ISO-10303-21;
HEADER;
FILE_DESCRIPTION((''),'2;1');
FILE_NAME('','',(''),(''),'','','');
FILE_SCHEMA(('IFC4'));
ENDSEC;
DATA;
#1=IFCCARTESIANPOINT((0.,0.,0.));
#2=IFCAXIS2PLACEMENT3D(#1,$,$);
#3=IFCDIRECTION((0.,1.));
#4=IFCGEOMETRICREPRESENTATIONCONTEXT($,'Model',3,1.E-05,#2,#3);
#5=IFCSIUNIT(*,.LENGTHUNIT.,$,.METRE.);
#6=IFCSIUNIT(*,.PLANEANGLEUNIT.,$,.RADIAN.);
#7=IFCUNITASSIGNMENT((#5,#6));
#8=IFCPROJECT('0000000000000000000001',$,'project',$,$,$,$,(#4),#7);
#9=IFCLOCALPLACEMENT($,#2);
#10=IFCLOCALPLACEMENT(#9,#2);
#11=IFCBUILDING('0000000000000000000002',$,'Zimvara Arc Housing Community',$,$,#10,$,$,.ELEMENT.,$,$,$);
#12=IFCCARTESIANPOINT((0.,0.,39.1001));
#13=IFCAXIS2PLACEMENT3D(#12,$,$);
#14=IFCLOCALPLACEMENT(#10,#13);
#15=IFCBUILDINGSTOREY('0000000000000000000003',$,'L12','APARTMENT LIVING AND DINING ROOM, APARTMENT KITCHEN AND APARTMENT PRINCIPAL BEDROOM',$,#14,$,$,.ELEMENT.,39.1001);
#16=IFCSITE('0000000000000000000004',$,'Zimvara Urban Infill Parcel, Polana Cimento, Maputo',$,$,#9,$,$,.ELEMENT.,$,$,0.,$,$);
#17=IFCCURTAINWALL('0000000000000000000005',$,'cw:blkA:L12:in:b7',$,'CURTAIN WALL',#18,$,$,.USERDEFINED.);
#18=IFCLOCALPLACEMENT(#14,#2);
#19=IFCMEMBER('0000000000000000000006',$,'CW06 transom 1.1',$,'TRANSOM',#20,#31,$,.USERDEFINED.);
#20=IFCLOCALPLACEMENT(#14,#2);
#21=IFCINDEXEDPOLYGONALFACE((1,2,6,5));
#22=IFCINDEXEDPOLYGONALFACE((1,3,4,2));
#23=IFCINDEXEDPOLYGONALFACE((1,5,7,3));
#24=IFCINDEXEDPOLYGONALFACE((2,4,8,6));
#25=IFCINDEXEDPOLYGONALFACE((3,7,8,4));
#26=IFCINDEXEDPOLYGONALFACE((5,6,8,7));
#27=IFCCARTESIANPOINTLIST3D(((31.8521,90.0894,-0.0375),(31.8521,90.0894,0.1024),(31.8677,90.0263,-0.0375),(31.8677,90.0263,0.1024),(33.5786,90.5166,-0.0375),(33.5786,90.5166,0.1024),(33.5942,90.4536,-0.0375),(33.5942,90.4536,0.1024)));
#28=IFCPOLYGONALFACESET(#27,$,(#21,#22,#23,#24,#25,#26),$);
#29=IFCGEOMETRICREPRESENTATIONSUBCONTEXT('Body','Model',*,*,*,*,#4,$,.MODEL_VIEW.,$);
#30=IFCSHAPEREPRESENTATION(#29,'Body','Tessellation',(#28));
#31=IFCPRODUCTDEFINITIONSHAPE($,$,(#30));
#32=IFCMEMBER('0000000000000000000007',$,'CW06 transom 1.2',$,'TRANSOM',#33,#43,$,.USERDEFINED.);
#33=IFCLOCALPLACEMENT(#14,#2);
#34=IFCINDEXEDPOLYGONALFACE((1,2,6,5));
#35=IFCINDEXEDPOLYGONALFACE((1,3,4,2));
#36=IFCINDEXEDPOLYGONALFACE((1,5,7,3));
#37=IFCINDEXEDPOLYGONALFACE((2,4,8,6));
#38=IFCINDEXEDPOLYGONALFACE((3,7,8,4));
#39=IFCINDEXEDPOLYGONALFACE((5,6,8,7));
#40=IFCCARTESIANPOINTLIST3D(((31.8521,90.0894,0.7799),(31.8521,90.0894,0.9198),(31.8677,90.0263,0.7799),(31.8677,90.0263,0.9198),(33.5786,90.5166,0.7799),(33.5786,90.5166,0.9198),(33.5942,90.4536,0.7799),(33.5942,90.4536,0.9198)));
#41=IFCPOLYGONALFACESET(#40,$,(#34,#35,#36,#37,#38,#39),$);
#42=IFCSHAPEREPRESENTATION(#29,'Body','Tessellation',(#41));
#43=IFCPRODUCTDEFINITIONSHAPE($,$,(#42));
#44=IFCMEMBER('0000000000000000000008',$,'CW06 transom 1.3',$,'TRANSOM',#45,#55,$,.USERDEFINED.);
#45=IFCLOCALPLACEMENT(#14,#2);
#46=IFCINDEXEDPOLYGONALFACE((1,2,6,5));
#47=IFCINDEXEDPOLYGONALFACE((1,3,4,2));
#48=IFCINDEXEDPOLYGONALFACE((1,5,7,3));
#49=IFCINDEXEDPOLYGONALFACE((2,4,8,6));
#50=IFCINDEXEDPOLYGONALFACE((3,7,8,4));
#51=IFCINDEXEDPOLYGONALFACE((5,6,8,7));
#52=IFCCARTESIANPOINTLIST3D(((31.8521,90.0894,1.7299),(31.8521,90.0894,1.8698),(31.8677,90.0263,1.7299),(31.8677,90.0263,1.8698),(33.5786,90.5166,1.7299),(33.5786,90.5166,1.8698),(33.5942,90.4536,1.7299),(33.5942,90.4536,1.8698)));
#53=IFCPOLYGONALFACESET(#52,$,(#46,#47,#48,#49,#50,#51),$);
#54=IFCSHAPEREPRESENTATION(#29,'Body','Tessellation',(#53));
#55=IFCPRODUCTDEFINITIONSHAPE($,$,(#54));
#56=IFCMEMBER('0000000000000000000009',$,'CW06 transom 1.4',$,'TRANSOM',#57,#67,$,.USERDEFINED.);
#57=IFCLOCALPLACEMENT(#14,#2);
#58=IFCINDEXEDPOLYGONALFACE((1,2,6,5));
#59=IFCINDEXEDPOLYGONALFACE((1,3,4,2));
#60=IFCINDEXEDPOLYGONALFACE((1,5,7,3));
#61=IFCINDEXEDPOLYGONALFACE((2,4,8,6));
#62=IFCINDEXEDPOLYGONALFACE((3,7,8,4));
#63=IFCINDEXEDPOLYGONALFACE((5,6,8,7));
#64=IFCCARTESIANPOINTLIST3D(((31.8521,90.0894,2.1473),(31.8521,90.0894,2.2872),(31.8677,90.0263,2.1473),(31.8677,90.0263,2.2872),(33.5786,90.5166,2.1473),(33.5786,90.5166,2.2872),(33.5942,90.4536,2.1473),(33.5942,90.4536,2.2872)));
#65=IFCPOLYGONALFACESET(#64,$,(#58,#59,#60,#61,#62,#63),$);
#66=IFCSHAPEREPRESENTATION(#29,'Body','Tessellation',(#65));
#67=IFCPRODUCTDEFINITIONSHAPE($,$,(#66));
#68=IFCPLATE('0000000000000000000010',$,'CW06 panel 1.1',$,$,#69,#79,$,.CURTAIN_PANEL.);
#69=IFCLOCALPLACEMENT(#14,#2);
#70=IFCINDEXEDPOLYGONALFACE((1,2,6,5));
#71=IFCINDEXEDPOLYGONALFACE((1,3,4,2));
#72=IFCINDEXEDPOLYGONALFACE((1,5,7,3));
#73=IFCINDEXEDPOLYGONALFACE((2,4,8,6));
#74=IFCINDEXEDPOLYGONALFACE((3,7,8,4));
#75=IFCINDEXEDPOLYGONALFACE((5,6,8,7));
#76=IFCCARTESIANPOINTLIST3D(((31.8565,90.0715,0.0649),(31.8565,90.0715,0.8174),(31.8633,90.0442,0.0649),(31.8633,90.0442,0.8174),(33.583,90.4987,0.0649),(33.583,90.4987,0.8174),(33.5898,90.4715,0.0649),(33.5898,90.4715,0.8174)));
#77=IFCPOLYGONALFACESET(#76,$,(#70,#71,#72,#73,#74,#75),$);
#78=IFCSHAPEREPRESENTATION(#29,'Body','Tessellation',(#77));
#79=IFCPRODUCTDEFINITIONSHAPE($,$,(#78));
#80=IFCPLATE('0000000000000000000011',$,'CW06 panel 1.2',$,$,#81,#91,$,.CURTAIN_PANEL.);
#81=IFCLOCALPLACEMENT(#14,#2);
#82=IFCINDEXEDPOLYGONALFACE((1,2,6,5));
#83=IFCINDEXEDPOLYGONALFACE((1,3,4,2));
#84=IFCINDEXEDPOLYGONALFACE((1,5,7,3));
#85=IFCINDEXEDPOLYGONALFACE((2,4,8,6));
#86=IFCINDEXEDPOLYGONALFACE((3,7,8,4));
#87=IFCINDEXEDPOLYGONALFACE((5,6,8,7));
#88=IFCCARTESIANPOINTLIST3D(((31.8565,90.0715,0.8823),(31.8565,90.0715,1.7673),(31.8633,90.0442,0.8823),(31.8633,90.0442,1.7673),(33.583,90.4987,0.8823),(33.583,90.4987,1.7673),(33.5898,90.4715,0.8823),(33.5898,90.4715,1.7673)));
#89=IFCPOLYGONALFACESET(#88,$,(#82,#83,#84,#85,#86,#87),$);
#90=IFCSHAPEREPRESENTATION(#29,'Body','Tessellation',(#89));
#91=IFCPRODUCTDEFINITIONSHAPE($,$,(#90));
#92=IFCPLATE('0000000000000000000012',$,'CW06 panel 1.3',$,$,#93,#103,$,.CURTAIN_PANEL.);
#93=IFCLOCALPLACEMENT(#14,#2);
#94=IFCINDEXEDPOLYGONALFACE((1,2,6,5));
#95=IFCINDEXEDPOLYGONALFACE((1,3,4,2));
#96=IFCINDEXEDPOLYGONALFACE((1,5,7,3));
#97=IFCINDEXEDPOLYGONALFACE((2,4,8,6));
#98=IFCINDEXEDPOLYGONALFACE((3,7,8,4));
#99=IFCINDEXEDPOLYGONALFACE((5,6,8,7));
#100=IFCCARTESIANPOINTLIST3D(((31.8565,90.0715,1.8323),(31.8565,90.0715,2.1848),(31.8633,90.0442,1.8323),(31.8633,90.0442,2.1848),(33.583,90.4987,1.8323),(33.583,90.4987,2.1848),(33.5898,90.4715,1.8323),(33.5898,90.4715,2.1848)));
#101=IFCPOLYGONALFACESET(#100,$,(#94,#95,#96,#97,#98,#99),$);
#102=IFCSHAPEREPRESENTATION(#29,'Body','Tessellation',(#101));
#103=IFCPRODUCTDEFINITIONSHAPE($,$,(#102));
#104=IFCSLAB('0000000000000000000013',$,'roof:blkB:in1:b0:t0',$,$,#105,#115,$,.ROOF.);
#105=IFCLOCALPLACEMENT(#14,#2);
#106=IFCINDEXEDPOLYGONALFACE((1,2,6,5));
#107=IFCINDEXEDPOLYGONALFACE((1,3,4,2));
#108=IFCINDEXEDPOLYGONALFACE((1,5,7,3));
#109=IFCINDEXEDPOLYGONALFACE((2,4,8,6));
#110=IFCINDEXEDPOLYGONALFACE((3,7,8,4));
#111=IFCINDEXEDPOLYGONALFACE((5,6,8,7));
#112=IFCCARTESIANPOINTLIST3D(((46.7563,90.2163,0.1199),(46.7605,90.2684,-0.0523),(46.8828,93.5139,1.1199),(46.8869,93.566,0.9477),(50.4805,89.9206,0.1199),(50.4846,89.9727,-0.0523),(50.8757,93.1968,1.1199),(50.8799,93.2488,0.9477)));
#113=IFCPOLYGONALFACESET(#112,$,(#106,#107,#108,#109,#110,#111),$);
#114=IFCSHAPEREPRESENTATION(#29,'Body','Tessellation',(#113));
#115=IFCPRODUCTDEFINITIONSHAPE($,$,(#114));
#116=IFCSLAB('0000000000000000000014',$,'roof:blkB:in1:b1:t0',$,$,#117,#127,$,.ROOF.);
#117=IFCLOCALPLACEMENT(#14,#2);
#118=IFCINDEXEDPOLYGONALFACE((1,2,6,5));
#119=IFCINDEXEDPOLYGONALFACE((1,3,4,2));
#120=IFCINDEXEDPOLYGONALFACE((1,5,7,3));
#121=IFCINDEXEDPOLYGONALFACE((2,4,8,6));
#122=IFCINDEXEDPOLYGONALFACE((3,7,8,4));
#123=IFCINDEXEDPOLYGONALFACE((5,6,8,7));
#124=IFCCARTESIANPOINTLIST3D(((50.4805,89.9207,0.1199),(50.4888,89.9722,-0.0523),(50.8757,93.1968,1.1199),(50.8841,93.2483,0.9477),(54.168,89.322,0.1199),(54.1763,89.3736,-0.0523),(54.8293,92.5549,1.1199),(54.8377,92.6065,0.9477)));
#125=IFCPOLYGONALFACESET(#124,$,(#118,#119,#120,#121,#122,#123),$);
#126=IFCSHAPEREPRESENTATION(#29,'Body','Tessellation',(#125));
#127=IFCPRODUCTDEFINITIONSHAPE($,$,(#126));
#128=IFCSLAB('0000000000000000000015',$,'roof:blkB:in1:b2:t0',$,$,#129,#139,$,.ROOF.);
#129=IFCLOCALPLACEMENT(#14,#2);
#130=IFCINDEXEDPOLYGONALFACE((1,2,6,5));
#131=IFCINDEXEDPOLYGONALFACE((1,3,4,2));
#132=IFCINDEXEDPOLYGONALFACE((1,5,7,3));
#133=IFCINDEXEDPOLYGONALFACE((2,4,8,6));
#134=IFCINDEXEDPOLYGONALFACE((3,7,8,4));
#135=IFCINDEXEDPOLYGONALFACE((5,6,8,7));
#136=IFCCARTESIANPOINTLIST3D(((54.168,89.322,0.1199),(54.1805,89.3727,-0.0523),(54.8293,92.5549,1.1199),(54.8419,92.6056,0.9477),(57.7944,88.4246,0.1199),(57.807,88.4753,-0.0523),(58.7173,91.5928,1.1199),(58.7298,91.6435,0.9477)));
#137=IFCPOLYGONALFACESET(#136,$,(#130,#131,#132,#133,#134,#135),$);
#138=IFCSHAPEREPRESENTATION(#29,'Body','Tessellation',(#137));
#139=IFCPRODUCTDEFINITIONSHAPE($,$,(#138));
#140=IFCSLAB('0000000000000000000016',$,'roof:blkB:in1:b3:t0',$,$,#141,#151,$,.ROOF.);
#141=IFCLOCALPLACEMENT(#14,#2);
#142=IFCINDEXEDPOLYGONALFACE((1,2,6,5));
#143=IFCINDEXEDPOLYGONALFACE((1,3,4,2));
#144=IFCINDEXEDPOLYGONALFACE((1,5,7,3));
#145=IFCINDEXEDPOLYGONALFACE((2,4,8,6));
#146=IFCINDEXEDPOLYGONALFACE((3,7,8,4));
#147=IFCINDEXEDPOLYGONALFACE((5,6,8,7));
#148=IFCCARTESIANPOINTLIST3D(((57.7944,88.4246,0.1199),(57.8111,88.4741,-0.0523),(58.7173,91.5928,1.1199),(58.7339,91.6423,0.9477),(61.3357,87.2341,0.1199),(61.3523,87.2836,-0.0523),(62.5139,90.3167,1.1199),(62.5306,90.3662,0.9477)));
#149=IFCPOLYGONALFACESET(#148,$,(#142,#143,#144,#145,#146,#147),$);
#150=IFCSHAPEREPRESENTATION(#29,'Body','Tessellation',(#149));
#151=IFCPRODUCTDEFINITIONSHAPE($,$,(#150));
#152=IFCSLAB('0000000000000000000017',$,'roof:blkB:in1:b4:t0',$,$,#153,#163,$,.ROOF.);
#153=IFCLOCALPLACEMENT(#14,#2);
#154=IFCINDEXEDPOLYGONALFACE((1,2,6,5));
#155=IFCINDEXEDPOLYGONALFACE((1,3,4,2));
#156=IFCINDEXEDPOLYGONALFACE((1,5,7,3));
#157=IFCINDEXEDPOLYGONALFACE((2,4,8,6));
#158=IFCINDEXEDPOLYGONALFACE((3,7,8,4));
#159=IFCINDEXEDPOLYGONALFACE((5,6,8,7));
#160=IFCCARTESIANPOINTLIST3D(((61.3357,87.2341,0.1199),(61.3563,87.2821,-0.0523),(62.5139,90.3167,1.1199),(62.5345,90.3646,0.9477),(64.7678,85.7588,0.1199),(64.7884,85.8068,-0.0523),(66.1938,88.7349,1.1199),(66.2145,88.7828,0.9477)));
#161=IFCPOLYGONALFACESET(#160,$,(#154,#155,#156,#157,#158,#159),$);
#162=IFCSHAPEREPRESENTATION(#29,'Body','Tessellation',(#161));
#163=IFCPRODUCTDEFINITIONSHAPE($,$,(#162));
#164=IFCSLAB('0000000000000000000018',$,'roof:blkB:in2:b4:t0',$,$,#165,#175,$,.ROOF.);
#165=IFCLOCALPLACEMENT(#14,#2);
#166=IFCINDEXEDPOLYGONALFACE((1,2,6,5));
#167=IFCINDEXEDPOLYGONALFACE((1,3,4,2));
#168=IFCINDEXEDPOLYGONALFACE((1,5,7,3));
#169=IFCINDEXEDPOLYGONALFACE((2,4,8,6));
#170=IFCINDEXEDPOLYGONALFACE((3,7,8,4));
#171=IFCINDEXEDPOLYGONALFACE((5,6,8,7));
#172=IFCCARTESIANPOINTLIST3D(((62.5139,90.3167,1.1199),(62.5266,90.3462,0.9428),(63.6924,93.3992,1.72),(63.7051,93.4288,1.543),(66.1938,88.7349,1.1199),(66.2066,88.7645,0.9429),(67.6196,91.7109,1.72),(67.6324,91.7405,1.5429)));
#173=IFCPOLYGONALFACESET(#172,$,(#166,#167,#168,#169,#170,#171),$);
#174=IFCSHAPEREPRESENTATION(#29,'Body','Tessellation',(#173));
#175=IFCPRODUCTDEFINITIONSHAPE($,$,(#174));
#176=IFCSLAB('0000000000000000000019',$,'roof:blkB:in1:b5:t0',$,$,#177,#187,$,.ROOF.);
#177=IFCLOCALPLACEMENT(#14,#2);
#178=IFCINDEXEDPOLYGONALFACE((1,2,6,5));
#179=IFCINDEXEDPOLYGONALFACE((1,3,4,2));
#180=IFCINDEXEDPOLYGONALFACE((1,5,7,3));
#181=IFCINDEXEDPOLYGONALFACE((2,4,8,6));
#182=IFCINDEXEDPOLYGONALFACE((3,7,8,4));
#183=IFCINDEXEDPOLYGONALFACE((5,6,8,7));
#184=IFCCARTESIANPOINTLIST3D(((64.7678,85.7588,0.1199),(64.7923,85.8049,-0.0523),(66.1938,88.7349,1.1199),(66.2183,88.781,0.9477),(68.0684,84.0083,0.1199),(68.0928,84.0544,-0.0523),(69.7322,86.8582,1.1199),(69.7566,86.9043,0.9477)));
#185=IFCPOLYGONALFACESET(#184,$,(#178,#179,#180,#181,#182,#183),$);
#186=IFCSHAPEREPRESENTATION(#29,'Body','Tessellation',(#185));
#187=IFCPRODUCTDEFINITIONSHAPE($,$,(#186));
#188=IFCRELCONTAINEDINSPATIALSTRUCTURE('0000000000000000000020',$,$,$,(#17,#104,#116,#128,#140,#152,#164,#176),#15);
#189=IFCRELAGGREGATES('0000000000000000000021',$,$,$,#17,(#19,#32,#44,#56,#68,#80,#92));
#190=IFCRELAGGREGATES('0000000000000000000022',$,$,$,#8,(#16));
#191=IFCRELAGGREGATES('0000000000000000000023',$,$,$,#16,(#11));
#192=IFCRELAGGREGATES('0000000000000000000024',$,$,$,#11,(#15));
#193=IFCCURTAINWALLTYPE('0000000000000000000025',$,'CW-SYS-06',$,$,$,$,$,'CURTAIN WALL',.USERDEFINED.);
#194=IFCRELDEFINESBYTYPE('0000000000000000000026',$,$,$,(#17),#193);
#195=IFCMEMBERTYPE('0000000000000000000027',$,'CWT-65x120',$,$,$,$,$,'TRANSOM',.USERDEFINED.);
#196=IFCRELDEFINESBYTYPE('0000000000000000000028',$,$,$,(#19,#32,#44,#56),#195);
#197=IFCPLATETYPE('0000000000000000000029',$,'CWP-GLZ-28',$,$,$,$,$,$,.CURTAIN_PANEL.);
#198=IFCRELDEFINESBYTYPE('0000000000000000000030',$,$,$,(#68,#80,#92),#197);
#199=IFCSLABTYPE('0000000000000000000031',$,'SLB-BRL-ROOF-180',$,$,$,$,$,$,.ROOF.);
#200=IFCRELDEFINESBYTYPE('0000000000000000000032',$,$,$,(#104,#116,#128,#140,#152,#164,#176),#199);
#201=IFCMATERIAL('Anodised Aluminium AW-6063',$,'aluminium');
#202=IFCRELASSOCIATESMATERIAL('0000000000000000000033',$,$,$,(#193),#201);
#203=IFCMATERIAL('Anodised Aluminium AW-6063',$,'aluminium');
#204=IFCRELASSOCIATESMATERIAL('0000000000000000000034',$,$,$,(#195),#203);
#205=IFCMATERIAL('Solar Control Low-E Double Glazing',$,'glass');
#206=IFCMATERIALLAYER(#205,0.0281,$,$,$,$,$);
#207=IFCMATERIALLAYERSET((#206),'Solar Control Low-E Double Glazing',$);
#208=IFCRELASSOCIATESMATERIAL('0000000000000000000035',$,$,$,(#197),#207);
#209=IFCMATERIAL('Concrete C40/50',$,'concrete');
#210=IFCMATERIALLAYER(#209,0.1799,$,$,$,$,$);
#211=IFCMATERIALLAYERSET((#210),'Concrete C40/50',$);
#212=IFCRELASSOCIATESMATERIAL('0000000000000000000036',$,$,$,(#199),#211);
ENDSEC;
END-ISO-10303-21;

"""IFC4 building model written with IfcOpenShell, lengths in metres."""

from ifc_helpers import new_model, si_unit, direction, frame, origin, origin_2d, place, context, subcontext, project, spatial, polyline, rectangle, outline, extrude, material, layer, layer_set, material_profile, profile_set, type_object, element, aggregate, save


model = new_model("IFC4")

# Units and contexts
model_context = context("Model", 3, precision=1e-05, world=origin(), true_north=direction((0.0, 1.0)))
body_context = subcontext(model_context, "Body", "Model", "MODEL_VIEW")
ifc_project = project(units=[si_unit("LENGTHUNIT", "METRE"), si_unit("PLANEANGLEUNIT", "RADIAN")], contexts=[model_context])

# Site, building, storey
site_placement = place(None, origin())
site = spatial("IfcSite", under=ifc_project, at=site_placement, Name="Zimvara Urban Infill Parcel, Polana Cimento, Maputo", CompositionType="ELEMENT", RefElevation=0.0)
building_placement = place(site_placement, origin())
building = spatial("IfcBuilding", under=site, at=building_placement, Name="Zimvara Arc Housing Community", CompositionType="ELEMENT")
storey_placement = place(building_placement, frame((0.0, 0.0, 39.1001)))
storey = spatial("IfcBuildingStorey", under=building, at=storey_placement, Name="L12", Description="APARTMENT LIVING AND DINING ROOM, APARTMENT KITCHEN AND APARTMENT PRINCIPAL BEDROOM", CompositionType="ELEMENT", Elevation=39.1001)

# Curtain wall, members, plates
ifc_material_1 = material(Name="Anodised Aluminium AW-6063", Category="aluminium")
curtain_wall_type = type_object("IfcCurtainWallType", Name="CW-SYS-06", ElementType="CURTAIN WALL", PredefinedType="USERDEFINED", material=ifc_material_1)
curtain_wall_placement = place(storey_placement, origin())
curtain_wall = element("IfcCurtainWall", 1, at=curtain_wall_placement, inside=storey, type_object=curtain_wall_type, Name="cw:blkA:L12:in:b7", ObjectType="CURTAIN WALL", PredefinedType="USERDEFINED")
ifc_material_2 = material(Name="Anodised Aluminium AW-6063", Category="aluminium")
ifc_material_profile_1 = material_profile(ifc_material_2, rectangle(XDim=0.0649, YDim=0.1399, at=origin_2d()), Name="ALU 65x140")
ifc_profile_set_1 = profile_set([ifc_material_profile_1], Name="Anodised Aluminium AW-6063")
member_type = type_object("IfcMemberType", Name="CWT-65x120", ElementType="TRANSOM", PredefinedType="USERDEFINED", material=ifc_profile_set_1)
member_1_placement = place(storey_placement, frame((31.8599, 90.0579, 0.0325), z_axis=(0.970721, 0.24021, 0.0), x_axis=(-0.24021, 0.970721, 0.0)))
member_1 = element("IfcMember", 2, at=member_1_placement, type_object=member_type, Name="CW06 transom 1.1", ObjectType="TRANSOM", PredefinedType="USERDEFINED", context=body_context, shape_type="SweptSolid", body=[
    extrude(rectangle(XDim=0.0649, YDim=0.1399, at=origin_2d()), origin(), (0.0, 0.0, 1.0), 1.7786),
])
member_2_placement = place(storey_placement, frame((31.8599, 90.0579, 0.8499), z_axis=(0.970721, 0.24021, 0.0), x_axis=(-0.24021, 0.970721, 0.0)))
member_2 = element("IfcMember", 3, at=member_2_placement, type_object=member_type, Name="CW06 transom 1.2", ObjectType="TRANSOM", PredefinedType="USERDEFINED", context=body_context, shape_type="SweptSolid", body=[
    extrude(rectangle(XDim=0.0649, YDim=0.1399, at=origin_2d()), origin(), (0.0, 0.0, 1.0), 1.7786),
])
member_3_placement = place(storey_placement, frame((31.8599, 90.0579, 1.7998), z_axis=(0.970721, 0.24021, 0.0), x_axis=(-0.24021, 0.970721, 0.0)))
member_3 = element("IfcMember", 4, at=member_3_placement, type_object=member_type, Name="CW06 transom 1.3", ObjectType="TRANSOM", PredefinedType="USERDEFINED", context=body_context, shape_type="SweptSolid", body=[
    extrude(rectangle(XDim=0.0649, YDim=0.1399, at=origin_2d()), origin(), (0.0, 0.0, 1.0), 1.7786),
])
member_4_placement = place(storey_placement, frame((31.8599, 90.0579, 2.2173), z_axis=(0.970721, 0.24021, 0.0), x_axis=(-0.24021, 0.970721, 0.0)))
member_4 = element("IfcMember", 5, at=member_4_placement, type_object=member_type, Name="CW06 transom 1.4", ObjectType="TRANSOM", PredefinedType="USERDEFINED", context=body_context, shape_type="SweptSolid", body=[
    extrude(rectangle(XDim=0.0649, YDim=0.1399, at=origin_2d()), origin(), (0.0, 0.0, 1.0), 1.7786),
])
ifc_material_3 = material(Name="Solar Control Low-E Double Glazing", Category="glass")
ifc_layer_1 = layer(ifc_material_3, 0.0281)
ifc_layer_set_1 = layer_set([ifc_layer_1], Name="Solar Control Low-E Double Glazing")
plate_type = type_object("IfcPlateType", Name="CWP-GLZ-28", PredefinedType="CURTAIN_PANEL", material=ifc_layer_set_1)
plate_1_placement = place(storey_placement, frame((32.7231, 90.2715, 0.0649), z_axis=(0.0, 0.0, 1.0), x_axis=(0.970716, 0.240229, 0.0)))
plate_1 = element("IfcPlate", 6, at=plate_1_placement, type_object=plate_type, Name="CW06 panel 1.1", PredefinedType="CURTAIN_PANEL", context=body_context, shape_type="SweptSolid", body=[
    extrude(rectangle(XDim=1.7786, YDim=0.0281, at=origin_2d()), origin(), (0.0, 0.0, 1.0), 0.7524),
])
plate_2_placement = place(storey_placement, frame((32.7231, 90.2715, 0.8823), z_axis=(0.0, 0.0, 1.0), x_axis=(0.970716, 0.240229, 0.0)))
plate_2 = element("IfcPlate", 7, at=plate_2_placement, type_object=plate_type, Name="CW06 panel 1.2", PredefinedType="CURTAIN_PANEL", context=body_context, shape_type="SweptSolid", body=[
    extrude(rectangle(XDim=1.7786, YDim=0.0281, at=origin_2d()), origin(), (0.0, 0.0, 1.0), 0.885),
])
plate_3_placement = place(storey_placement, frame((32.7231, 90.2715, 1.8323), z_axis=(0.0, 0.0, 1.0), x_axis=(0.970716, 0.240229, 0.0)))
plate_3 = element("IfcPlate", 8, at=plate_3_placement, type_object=plate_type, Name="CW06 panel 1.3", PredefinedType="CURTAIN_PANEL", context=body_context, shape_type="SweptSolid", body=[
    extrude(rectangle(XDim=1.7786, YDim=0.0281, at=origin_2d()), origin(), (0.0, 0.0, 1.0), 0.3525),
])
aggregate(curtain_wall, [member_1, member_2, member_3, member_4, plate_1, plate_2, plate_3])

# Slabs
ifc_material_4 = material(Name="Concrete C40/50", Category="concrete")
ifc_layer_2 = layer(ifc_material_4, 0.1799)
ifc_layer_set_2 = layer_set([ifc_layer_2], Name="Concrete C40/50")
slab_type = type_object("IfcSlabType", Name="SLB-BRL-ROOF-180", PredefinedType="ROOF", material=ifc_layer_set_2)
slab_1_placement = place(storey_placement, frame((46.7563, 90.2163, 0.1199), z_axis=(-0.022974, -0.289322, 0.956956), x_axis=(0.996863, -0.079142, 0.000005)))
element("IfcSlab", 9, at=slab_1_placement, inside=storey, type_object=slab_type, Name="roof:blkB:in1:b0:t0", PredefinedType="ROOF", context=body_context, shape_type="SweptSolid", body=[
    extrude(outline(polyline([(0.0, 0.0), (3.7358, 0.0), (3.8706, 3.4454), (-0.1349, 3.4456), (0.0, 0.0)])), origin(), (0.0, 0.0, -1.0), 0.1799),
])
slab_2_placement = place(storey_placement, frame((50.4805, 89.9207, 0.1199), z_axis=(-0.046509, -0.286489, 0.956954), x_axis=(0.987078, -0.160243, 0.0)))
element("IfcSlab", 10, at=slab_2_placement, inside=storey, type_object=slab_type, Name="roof:blkB:in1:b1:t0", PredefinedType="ROOF", context=body_context, shape_type="SweptSolid", body=[
    extrude(outline(polyline([(0.0, 0.0), (3.7358, 0.0), (3.8706, 3.4454), (-0.1348, 3.4454), (0.0, 0.0)])), origin(), (0.0, 0.0, -1.0), 0.1799),
])
slab_3_placement = place(storey_placement, frame((54.168, 89.322, 0.1199), z_axis=(-0.069723, -0.28174, 0.956954), x_axis=(0.970716, -0.240228, 0.0)))
element("IfcSlab", 11, at=slab_3_placement, inside=storey, type_object=slab_type, Name="roof:blkB:in1:b2:t0", PredefinedType="ROOF", context=body_context, shape_type="SweptSolid", body=[
    extrude(outline(polyline([(0.0, 0.0), (3.7359, 0.0), (3.8706, 3.4454), (-0.1346, 3.4454), (0.0, 0.0)])), origin(), (0.0, 0.0, -1.0), 0.1799),
])
slab_4_placement = place(storey_placement, frame((57.7944, 88.4246, 0.1199), z_axis=(-0.092474, -0.275107, 0.956956), x_axis=(0.947877, -0.318637, -0.000005)))
element("IfcSlab", 12, at=slab_4_placement, inside=storey, type_object=slab_type, Name="roof:blkB:in1:b3:t0", PredefinedType="ROOF", context=body_context, shape_type="SweptSolid", body=[
    extrude(outline(polyline([(0.0, 0.0), (3.736, 0.0), (3.8706, 3.4456), (-0.1348, 3.4454), (0.0, 0.0)])), origin(), (0.0, 0.0, -1.0), 0.1799),
])
slab_5_placement = place(storey_placement, frame((61.3357, 87.2341, 0.1199), z_axis=(-0.114614, -0.266635, 0.956958), x_axis=(0.918715, -0.39492, -0.000002)))
element("IfcSlab", 13, at=slab_5_placement, inside=storey, type_object=slab_type, Name="roof:blkB:in1:b4:t0", PredefinedType="ROOF", context=body_context, shape_type="SweptSolid", body=[
    extrude(outline(polyline([(0.0, 0.0), (3.7358, 0.0), (3.8706, 3.4456), (-0.1349, 3.4456), (0.0, 0.0)])), origin(), (0.0, 0.0, -1.0), 0.1799),
])
slab_6_placement = place(storey_placement, frame((62.5139, 90.3167, 1.1199), z_axis=(-0.070712, -0.164501, 0.983839), x_axis=(0.918722, -0.394905, 0.000003)))
element("IfcSlab", 14, at=slab_6_placement, inside=storey, type_object=slab_type, Name="roof:blkB:in2:b4:t0", PredefinedType="ROOF", context=body_context, shape_type="SweptSolid", body=[
    extrude(outline(polyline([(0.0, 0.0), (4.0055, 0.0), (4.1401, 3.3514), (-0.1346, 3.3515), (0.0, 0.0)])), origin(), (0.0, 0.0, -1.0), 0.1799),
])
slab_7_placement = place(storey_placement, frame((64.7678, 85.7588, 0.1199), z_axis=(-0.135987, -0.256395, 0.956958), x_axis=(0.883439, -0.468546, 0.000003)))
element("IfcSlab", 15, at=slab_7_placement, inside=storey, type_object=slab_type, Name="roof:blkB:in1:b5:t0", PredefinedType="ROOF", context=body_context, shape_type="SweptSolid", body=[
    extrude(outline(polyline([(0.0, 0.0), (3.736, 0.0), (3.8706, 3.4456), (-0.1346, 3.4456), (0.0, 0.0)])), origin(), (0.0, 0.0, -1.0), 0.1799),
])

save(model, "model.ifc")
